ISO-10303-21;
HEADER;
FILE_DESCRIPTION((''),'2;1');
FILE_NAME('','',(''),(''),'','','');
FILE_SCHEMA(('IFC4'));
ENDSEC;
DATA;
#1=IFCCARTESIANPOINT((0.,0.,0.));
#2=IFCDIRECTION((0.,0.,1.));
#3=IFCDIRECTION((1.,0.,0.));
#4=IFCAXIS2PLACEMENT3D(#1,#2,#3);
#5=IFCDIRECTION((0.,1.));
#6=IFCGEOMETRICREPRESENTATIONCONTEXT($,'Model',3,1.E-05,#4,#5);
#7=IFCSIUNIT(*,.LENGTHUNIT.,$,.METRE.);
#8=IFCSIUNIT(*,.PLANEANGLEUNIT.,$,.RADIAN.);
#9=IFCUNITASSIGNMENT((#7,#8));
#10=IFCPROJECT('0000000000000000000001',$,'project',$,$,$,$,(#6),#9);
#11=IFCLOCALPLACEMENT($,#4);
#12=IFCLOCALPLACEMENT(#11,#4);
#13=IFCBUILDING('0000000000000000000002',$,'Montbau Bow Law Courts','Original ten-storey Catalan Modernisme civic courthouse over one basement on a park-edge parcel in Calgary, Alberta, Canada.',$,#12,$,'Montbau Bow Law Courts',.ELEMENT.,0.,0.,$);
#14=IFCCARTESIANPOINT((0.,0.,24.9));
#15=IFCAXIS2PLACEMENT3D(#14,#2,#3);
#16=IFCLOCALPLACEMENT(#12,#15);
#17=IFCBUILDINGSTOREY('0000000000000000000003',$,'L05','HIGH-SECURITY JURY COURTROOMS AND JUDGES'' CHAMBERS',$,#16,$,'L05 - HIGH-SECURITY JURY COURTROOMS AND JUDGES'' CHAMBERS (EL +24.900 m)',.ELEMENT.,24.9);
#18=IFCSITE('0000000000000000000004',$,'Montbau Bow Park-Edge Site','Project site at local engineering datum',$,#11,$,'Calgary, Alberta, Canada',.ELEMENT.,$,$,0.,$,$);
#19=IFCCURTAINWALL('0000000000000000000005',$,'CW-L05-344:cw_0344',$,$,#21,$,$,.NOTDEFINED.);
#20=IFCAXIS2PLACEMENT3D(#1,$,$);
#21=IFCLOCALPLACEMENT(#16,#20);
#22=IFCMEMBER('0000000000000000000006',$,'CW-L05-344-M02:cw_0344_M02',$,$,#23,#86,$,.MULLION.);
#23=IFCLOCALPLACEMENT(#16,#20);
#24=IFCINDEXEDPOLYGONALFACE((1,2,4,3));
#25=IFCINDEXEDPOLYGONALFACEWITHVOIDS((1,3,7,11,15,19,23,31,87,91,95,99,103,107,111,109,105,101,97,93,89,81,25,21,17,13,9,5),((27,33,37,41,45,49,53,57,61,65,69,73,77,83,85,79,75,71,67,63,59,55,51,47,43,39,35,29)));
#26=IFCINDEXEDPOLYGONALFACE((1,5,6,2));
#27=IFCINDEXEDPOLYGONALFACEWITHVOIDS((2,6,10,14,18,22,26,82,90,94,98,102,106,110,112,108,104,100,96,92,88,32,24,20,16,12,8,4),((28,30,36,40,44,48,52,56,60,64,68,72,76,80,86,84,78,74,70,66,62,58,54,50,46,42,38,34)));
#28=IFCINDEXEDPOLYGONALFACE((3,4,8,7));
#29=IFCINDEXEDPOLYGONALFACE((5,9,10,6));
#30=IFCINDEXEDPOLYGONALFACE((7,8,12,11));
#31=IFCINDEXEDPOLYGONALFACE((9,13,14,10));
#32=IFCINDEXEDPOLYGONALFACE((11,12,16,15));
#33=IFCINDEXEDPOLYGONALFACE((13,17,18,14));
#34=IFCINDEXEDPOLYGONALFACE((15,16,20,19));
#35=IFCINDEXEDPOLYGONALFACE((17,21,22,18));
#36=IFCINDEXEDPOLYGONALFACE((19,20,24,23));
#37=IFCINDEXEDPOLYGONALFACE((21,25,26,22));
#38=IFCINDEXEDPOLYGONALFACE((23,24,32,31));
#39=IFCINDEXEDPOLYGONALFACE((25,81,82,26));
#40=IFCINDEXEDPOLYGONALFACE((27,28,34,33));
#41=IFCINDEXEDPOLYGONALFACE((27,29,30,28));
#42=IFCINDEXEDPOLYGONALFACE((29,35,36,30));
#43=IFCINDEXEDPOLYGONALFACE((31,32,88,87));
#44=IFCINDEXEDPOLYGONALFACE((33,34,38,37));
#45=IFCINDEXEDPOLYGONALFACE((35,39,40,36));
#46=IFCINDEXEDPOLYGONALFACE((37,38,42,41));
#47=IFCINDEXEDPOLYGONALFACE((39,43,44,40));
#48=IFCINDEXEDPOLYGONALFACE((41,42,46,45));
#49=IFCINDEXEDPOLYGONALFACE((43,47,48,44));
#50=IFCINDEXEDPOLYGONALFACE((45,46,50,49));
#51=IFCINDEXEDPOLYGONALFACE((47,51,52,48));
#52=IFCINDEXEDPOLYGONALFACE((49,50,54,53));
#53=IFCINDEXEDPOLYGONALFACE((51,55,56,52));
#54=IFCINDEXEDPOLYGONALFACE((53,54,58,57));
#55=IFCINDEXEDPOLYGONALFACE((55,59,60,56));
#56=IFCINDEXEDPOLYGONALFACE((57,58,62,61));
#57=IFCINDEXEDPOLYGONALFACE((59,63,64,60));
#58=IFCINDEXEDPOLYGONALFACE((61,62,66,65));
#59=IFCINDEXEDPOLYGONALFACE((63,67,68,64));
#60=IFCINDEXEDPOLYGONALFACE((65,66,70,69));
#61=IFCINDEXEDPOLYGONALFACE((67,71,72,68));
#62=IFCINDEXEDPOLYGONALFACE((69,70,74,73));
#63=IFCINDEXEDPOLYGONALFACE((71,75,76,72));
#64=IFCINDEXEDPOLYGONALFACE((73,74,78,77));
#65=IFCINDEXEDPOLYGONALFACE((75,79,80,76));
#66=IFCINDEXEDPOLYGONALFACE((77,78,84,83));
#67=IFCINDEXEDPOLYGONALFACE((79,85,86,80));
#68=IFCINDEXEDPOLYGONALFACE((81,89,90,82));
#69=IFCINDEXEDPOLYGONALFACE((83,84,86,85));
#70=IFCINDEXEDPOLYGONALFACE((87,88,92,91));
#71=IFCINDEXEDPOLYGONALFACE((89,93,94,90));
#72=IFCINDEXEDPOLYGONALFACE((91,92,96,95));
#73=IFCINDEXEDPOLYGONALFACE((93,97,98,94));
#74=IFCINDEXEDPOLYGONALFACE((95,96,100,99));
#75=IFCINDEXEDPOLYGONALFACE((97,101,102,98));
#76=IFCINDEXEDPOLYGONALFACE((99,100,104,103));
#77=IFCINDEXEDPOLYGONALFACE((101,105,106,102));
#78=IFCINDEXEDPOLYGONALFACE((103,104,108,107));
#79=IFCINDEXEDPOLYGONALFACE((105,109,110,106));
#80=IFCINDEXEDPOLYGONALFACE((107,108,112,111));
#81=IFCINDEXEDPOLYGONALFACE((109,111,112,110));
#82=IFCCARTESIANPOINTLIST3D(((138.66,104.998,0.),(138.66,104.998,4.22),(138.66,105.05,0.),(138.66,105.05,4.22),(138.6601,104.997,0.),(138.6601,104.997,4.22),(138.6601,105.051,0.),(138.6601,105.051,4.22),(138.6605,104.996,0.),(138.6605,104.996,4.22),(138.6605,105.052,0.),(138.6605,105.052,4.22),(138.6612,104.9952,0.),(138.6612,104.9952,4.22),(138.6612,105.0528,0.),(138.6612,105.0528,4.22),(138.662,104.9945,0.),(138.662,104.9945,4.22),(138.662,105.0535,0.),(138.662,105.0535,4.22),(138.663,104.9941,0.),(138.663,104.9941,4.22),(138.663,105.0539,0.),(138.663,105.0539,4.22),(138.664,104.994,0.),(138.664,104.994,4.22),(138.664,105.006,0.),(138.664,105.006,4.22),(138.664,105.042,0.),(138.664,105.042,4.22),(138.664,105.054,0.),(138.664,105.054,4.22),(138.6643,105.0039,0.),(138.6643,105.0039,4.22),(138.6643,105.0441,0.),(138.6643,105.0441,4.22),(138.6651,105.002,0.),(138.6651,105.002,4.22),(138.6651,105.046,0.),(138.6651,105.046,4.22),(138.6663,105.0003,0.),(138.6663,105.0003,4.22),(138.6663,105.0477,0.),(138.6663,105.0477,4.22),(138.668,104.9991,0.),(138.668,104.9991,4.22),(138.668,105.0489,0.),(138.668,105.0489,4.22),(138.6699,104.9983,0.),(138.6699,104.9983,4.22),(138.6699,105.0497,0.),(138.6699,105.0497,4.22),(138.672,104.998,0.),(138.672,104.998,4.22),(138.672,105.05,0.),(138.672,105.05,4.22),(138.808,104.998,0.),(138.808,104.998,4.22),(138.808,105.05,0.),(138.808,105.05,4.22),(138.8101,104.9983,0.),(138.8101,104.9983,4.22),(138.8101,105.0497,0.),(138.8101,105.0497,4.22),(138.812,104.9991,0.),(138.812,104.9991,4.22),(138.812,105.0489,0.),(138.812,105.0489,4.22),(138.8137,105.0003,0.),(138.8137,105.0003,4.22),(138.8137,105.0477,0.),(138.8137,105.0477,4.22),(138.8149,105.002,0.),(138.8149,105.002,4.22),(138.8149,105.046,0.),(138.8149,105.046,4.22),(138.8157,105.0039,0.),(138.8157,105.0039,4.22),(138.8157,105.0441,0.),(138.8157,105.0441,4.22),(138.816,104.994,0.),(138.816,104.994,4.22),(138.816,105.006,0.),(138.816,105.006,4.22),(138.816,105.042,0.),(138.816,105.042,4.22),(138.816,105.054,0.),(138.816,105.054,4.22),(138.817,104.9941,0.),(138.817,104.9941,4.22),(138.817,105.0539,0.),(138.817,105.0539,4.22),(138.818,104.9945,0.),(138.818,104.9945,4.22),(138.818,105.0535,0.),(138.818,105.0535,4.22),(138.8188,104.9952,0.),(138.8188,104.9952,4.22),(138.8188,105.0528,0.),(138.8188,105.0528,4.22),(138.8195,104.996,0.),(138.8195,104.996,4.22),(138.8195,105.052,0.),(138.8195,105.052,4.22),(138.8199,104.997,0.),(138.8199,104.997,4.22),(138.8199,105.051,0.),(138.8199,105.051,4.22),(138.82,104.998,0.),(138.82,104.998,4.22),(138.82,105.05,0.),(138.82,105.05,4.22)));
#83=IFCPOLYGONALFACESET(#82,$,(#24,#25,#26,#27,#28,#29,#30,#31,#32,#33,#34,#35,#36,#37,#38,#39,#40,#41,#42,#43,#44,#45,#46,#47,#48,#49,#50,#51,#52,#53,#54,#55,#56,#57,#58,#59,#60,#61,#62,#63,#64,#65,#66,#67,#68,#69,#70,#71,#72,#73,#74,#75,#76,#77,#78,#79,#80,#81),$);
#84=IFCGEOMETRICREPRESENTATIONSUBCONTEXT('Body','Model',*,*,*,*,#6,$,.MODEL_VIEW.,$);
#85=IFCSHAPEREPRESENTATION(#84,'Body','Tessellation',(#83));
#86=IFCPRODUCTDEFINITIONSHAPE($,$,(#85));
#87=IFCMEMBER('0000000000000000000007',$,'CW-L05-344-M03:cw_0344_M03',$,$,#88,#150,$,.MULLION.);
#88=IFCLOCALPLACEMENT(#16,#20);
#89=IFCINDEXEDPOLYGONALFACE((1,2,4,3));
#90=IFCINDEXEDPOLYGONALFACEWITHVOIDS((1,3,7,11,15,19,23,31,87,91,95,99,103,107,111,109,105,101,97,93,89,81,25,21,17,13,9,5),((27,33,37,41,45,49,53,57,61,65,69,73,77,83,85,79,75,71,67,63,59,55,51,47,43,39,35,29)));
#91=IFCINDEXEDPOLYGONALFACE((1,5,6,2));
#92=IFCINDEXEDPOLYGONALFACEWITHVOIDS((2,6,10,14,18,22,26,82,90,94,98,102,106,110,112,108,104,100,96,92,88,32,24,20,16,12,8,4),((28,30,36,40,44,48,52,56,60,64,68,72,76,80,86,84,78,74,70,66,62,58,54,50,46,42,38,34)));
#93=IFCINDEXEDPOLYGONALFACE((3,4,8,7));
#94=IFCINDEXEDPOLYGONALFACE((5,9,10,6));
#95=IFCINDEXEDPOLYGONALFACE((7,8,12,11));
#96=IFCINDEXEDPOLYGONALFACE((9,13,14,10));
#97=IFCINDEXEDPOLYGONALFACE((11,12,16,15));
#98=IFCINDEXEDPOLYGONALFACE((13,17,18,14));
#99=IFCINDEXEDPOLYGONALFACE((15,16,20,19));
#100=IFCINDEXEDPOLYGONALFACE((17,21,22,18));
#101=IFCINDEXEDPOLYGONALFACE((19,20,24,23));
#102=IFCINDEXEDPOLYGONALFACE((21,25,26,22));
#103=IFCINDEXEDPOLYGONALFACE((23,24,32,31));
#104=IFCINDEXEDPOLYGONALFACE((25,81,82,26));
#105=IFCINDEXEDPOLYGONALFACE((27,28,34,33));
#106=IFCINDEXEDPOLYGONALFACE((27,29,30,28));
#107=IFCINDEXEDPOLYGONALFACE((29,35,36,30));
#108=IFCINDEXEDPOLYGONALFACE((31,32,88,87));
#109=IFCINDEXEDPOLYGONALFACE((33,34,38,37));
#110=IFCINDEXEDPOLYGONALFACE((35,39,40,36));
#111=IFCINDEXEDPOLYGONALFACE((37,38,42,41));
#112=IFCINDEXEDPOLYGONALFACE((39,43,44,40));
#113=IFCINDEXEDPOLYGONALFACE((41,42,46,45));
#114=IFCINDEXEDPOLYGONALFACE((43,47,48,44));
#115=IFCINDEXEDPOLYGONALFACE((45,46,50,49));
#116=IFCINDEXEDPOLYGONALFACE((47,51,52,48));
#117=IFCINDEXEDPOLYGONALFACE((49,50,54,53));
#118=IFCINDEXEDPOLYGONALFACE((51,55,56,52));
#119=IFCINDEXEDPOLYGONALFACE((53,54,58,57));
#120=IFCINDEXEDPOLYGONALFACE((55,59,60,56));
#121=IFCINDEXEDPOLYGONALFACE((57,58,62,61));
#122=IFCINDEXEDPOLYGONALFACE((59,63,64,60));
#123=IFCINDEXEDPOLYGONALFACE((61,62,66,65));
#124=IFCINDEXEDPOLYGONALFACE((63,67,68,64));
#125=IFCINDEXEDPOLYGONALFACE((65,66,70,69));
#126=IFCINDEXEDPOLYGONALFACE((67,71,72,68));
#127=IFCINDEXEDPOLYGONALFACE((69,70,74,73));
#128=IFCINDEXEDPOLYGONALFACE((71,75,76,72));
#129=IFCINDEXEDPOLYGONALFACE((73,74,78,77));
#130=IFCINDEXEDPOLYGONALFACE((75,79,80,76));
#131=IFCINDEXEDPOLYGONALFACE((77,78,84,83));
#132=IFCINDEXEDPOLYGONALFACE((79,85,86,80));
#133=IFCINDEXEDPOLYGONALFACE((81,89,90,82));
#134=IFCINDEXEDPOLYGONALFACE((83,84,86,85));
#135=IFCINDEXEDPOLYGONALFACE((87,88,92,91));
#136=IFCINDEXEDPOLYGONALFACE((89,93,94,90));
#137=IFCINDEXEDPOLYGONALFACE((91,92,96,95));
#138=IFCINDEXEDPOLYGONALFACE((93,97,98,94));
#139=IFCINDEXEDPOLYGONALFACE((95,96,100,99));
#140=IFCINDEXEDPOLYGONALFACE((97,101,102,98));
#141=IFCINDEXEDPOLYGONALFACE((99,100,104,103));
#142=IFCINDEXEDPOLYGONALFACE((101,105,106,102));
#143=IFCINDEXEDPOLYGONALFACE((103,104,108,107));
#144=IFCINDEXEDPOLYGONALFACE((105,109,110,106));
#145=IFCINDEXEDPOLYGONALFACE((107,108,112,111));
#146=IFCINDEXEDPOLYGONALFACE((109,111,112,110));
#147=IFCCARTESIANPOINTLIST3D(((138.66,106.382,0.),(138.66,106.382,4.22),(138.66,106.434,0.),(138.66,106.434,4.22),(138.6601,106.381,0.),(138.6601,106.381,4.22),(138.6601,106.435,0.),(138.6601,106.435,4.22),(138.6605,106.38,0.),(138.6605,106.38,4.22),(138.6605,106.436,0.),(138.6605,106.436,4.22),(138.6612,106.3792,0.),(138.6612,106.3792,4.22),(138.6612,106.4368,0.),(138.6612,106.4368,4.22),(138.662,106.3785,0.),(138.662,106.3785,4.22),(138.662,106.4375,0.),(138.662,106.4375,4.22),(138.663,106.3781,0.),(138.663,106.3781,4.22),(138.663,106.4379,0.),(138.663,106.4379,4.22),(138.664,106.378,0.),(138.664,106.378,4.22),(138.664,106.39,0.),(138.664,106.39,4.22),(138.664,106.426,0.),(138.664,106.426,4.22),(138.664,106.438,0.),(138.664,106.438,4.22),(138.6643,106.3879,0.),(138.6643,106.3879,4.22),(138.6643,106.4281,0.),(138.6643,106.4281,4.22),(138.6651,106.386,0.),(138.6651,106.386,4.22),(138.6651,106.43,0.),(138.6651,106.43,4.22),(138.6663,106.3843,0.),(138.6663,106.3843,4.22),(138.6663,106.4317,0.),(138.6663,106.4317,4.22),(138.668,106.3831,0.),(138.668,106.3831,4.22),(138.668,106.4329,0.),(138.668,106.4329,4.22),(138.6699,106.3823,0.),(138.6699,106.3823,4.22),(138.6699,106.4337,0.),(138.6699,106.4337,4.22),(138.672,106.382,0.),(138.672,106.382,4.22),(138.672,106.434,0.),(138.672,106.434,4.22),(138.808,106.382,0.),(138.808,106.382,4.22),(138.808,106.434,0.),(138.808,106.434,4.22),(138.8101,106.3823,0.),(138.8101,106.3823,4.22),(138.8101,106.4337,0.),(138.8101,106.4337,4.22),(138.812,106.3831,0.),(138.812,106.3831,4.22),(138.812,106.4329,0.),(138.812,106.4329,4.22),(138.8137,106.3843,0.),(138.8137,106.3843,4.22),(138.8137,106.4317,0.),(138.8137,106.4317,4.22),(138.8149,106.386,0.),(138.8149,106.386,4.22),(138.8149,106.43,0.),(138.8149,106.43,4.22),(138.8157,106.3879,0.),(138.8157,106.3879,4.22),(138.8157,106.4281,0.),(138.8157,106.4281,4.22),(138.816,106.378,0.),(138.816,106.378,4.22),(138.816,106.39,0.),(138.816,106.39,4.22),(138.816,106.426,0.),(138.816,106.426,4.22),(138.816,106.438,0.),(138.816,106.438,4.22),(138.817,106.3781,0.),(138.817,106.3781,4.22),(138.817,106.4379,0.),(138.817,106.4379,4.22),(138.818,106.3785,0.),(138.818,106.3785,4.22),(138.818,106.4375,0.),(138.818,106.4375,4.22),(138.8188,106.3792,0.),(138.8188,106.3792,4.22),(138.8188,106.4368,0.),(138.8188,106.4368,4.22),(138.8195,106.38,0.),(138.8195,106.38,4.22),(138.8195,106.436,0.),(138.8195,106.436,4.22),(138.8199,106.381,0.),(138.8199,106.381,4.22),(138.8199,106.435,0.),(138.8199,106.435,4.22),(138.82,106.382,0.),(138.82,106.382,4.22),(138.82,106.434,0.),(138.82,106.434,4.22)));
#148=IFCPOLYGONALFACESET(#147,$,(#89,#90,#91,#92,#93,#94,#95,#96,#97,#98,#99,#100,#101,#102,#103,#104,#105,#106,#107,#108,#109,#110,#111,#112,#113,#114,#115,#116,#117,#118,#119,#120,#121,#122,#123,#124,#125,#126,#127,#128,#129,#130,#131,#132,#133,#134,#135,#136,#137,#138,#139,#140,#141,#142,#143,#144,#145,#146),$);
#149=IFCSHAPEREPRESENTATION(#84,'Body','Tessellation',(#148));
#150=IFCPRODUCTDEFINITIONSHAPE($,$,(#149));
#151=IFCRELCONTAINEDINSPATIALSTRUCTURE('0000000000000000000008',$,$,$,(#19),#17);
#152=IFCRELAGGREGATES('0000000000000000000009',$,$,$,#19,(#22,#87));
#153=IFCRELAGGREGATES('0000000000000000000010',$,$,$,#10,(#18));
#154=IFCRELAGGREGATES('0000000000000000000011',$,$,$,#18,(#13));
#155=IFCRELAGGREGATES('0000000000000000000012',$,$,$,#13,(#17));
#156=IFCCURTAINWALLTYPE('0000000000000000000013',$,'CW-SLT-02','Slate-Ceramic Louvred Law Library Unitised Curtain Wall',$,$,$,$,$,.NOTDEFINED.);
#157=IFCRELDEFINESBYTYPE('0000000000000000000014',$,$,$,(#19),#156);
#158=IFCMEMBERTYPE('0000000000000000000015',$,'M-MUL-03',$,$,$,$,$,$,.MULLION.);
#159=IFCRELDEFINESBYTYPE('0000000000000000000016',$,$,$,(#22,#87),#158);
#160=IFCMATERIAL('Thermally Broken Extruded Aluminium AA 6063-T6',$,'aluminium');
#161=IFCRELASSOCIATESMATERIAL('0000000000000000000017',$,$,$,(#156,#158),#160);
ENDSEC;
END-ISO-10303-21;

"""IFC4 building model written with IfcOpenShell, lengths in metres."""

from ifc_helpers import new_model, si_unit, direction, frame, origin_with_axes, origin_2d_with_axis, place, context, subcontext, project, spatial, hollow_rectangle, extrude, material, material_profile, profile_set, type_object, element, aggregate, save


model = new_model("IFC4")

# Units and contexts
model_context = context("Model", 3, precision=1e-05, world=origin_with_axes(), true_north=direction((0.0, 1.0)))
body_context = subcontext(model_context, "Body", "Model", "MODEL_VIEW")
ifc_project = project(units=[si_unit("LENGTHUNIT", "METRE"), si_unit("PLANEANGLEUNIT", "RADIAN")], contexts=[model_context])

# Site, building, storey
site_placement = place(None, origin_with_axes())
site = spatial("IfcSite", under=ifc_project, at=site_placement, Name="Montbau Bow Park-Edge Site", Description="Project site at local engineering datum", LongName="Calgary, Alberta, Canada", CompositionType="ELEMENT", RefElevation=0.0)
building_placement = place(site_placement, origin_with_axes())
building = spatial("IfcBuilding", under=site, at=building_placement, Name="Montbau Bow Law Courts", Description="Original ten-storey Catalan Modernisme civic courthouse over one basement on a park-edge parcel in Calgary, Alberta, Canada.", LongName="Montbau Bow Law Courts", CompositionType="ELEMENT", ElevationOfRefHeight=0.0, ElevationOfTerrain=0.0)
storey_placement = place(building_placement, frame((0.0, 0.0, 24.9), z_axis=(0.0, 0.0, 1.0), x_axis=(1.0, 0.0, 0.0)))
storey = spatial("IfcBuildingStorey", under=building, at=storey_placement, Name="L05", Description="HIGH-SECURITY JURY COURTROOMS AND JUDGES' CHAMBERS", LongName="L05 - HIGH-SECURITY JURY COURTROOMS AND JUDGES' CHAMBERS (EL +24.900 m)", CompositionType="ELEMENT", Elevation=24.9)

# Shared definitions
ifc_material_1 = material(Name="Thermally Broken Extruded Aluminium AA 6063-T6", Category="aluminium")
curtain_wall_type = type_object("IfcCurtainWallType", Name="CW-SLT-02", Description="Slate-Ceramic Louvred Law Library Unitised Curtain Wall", PredefinedType="NOTDEFINED", material=ifc_material_1)

# Curtain wall, members
curtain_wall_1_placement = place(None, frame((138.74, 103.64, 24.9), z_axis=(0.0, 0.0, 1.0), x_axis=(1.0, 0.0, 0.0)))
curtain_wall_1 = element("IfcCurtainWall", 1, at=curtain_wall_1_placement, inside=storey, type_object=curtain_wall_type, Name="CW-L05-344:cw_0344", PredefinedType="NOTDEFINED")
ifc_material_profile_1 = material_profile(ifc_material_1, hollow_rectangle(XDim=0.06, YDim=0.16, WallThickness=0.004, InnerFilletRadius=0.008, OuterFilletRadius=0.004, at=origin_2d_with_axis()), Name="CWM-160X60", Category="Main", Priority=0)
ifc_profile_set_1 = profile_set([ifc_material_profile_1], Name="Thermally Broken Extruded Aluminium AA 6063-T6")
member_type_1 = type_object("IfcMemberType", Name="M-MUL-03", PredefinedType="MULLION", material=ifc_profile_set_1)
member_1_placement = place(None, frame((138.74, 105.024, 24.9), z_axis=(0.0, 0.0, 1.0), x_axis=(0.0, 1.0, 0.0)))
member_1 = element("IfcMember", 2, at=member_1_placement, type_object=member_type_1, Name="CW-L05-344-M02:cw_0344_M02", PredefinedType="MULLION", context=body_context, shape_type="SweptSolid", body=[
    extrude(hollow_rectangle(XDim=0.06, YDim=0.16, WallThickness=0.004, InnerFilletRadius=0.008, OuterFilletRadius=0.004, at=origin_2d_with_axis()), origin_with_axes(), (0.0, 0.0, 1.0), 4.22),
])
member_2_placement = place(None, frame((138.74, 106.408, 24.9), z_axis=(0.0, 0.0, 1.0), x_axis=(0.0, 1.0, 0.0)))
member_2 = element("IfcMember", 3, at=member_2_placement, type_object=member_type_1, Name="CW-L05-344-M03:cw_0344_M03", PredefinedType="MULLION", context=body_context, shape_type="SweptSolid", body=[
    extrude(hollow_rectangle(XDim=0.06, YDim=0.16, WallThickness=0.004, InnerFilletRadius=0.008, OuterFilletRadius=0.004, at=origin_2d_with_axis()), origin_with_axes(), (0.0, 0.0, 1.0), 4.22),
])
aggregate(curtain_wall_1, [member_1, member_2])

save(model, "model.ifc")
